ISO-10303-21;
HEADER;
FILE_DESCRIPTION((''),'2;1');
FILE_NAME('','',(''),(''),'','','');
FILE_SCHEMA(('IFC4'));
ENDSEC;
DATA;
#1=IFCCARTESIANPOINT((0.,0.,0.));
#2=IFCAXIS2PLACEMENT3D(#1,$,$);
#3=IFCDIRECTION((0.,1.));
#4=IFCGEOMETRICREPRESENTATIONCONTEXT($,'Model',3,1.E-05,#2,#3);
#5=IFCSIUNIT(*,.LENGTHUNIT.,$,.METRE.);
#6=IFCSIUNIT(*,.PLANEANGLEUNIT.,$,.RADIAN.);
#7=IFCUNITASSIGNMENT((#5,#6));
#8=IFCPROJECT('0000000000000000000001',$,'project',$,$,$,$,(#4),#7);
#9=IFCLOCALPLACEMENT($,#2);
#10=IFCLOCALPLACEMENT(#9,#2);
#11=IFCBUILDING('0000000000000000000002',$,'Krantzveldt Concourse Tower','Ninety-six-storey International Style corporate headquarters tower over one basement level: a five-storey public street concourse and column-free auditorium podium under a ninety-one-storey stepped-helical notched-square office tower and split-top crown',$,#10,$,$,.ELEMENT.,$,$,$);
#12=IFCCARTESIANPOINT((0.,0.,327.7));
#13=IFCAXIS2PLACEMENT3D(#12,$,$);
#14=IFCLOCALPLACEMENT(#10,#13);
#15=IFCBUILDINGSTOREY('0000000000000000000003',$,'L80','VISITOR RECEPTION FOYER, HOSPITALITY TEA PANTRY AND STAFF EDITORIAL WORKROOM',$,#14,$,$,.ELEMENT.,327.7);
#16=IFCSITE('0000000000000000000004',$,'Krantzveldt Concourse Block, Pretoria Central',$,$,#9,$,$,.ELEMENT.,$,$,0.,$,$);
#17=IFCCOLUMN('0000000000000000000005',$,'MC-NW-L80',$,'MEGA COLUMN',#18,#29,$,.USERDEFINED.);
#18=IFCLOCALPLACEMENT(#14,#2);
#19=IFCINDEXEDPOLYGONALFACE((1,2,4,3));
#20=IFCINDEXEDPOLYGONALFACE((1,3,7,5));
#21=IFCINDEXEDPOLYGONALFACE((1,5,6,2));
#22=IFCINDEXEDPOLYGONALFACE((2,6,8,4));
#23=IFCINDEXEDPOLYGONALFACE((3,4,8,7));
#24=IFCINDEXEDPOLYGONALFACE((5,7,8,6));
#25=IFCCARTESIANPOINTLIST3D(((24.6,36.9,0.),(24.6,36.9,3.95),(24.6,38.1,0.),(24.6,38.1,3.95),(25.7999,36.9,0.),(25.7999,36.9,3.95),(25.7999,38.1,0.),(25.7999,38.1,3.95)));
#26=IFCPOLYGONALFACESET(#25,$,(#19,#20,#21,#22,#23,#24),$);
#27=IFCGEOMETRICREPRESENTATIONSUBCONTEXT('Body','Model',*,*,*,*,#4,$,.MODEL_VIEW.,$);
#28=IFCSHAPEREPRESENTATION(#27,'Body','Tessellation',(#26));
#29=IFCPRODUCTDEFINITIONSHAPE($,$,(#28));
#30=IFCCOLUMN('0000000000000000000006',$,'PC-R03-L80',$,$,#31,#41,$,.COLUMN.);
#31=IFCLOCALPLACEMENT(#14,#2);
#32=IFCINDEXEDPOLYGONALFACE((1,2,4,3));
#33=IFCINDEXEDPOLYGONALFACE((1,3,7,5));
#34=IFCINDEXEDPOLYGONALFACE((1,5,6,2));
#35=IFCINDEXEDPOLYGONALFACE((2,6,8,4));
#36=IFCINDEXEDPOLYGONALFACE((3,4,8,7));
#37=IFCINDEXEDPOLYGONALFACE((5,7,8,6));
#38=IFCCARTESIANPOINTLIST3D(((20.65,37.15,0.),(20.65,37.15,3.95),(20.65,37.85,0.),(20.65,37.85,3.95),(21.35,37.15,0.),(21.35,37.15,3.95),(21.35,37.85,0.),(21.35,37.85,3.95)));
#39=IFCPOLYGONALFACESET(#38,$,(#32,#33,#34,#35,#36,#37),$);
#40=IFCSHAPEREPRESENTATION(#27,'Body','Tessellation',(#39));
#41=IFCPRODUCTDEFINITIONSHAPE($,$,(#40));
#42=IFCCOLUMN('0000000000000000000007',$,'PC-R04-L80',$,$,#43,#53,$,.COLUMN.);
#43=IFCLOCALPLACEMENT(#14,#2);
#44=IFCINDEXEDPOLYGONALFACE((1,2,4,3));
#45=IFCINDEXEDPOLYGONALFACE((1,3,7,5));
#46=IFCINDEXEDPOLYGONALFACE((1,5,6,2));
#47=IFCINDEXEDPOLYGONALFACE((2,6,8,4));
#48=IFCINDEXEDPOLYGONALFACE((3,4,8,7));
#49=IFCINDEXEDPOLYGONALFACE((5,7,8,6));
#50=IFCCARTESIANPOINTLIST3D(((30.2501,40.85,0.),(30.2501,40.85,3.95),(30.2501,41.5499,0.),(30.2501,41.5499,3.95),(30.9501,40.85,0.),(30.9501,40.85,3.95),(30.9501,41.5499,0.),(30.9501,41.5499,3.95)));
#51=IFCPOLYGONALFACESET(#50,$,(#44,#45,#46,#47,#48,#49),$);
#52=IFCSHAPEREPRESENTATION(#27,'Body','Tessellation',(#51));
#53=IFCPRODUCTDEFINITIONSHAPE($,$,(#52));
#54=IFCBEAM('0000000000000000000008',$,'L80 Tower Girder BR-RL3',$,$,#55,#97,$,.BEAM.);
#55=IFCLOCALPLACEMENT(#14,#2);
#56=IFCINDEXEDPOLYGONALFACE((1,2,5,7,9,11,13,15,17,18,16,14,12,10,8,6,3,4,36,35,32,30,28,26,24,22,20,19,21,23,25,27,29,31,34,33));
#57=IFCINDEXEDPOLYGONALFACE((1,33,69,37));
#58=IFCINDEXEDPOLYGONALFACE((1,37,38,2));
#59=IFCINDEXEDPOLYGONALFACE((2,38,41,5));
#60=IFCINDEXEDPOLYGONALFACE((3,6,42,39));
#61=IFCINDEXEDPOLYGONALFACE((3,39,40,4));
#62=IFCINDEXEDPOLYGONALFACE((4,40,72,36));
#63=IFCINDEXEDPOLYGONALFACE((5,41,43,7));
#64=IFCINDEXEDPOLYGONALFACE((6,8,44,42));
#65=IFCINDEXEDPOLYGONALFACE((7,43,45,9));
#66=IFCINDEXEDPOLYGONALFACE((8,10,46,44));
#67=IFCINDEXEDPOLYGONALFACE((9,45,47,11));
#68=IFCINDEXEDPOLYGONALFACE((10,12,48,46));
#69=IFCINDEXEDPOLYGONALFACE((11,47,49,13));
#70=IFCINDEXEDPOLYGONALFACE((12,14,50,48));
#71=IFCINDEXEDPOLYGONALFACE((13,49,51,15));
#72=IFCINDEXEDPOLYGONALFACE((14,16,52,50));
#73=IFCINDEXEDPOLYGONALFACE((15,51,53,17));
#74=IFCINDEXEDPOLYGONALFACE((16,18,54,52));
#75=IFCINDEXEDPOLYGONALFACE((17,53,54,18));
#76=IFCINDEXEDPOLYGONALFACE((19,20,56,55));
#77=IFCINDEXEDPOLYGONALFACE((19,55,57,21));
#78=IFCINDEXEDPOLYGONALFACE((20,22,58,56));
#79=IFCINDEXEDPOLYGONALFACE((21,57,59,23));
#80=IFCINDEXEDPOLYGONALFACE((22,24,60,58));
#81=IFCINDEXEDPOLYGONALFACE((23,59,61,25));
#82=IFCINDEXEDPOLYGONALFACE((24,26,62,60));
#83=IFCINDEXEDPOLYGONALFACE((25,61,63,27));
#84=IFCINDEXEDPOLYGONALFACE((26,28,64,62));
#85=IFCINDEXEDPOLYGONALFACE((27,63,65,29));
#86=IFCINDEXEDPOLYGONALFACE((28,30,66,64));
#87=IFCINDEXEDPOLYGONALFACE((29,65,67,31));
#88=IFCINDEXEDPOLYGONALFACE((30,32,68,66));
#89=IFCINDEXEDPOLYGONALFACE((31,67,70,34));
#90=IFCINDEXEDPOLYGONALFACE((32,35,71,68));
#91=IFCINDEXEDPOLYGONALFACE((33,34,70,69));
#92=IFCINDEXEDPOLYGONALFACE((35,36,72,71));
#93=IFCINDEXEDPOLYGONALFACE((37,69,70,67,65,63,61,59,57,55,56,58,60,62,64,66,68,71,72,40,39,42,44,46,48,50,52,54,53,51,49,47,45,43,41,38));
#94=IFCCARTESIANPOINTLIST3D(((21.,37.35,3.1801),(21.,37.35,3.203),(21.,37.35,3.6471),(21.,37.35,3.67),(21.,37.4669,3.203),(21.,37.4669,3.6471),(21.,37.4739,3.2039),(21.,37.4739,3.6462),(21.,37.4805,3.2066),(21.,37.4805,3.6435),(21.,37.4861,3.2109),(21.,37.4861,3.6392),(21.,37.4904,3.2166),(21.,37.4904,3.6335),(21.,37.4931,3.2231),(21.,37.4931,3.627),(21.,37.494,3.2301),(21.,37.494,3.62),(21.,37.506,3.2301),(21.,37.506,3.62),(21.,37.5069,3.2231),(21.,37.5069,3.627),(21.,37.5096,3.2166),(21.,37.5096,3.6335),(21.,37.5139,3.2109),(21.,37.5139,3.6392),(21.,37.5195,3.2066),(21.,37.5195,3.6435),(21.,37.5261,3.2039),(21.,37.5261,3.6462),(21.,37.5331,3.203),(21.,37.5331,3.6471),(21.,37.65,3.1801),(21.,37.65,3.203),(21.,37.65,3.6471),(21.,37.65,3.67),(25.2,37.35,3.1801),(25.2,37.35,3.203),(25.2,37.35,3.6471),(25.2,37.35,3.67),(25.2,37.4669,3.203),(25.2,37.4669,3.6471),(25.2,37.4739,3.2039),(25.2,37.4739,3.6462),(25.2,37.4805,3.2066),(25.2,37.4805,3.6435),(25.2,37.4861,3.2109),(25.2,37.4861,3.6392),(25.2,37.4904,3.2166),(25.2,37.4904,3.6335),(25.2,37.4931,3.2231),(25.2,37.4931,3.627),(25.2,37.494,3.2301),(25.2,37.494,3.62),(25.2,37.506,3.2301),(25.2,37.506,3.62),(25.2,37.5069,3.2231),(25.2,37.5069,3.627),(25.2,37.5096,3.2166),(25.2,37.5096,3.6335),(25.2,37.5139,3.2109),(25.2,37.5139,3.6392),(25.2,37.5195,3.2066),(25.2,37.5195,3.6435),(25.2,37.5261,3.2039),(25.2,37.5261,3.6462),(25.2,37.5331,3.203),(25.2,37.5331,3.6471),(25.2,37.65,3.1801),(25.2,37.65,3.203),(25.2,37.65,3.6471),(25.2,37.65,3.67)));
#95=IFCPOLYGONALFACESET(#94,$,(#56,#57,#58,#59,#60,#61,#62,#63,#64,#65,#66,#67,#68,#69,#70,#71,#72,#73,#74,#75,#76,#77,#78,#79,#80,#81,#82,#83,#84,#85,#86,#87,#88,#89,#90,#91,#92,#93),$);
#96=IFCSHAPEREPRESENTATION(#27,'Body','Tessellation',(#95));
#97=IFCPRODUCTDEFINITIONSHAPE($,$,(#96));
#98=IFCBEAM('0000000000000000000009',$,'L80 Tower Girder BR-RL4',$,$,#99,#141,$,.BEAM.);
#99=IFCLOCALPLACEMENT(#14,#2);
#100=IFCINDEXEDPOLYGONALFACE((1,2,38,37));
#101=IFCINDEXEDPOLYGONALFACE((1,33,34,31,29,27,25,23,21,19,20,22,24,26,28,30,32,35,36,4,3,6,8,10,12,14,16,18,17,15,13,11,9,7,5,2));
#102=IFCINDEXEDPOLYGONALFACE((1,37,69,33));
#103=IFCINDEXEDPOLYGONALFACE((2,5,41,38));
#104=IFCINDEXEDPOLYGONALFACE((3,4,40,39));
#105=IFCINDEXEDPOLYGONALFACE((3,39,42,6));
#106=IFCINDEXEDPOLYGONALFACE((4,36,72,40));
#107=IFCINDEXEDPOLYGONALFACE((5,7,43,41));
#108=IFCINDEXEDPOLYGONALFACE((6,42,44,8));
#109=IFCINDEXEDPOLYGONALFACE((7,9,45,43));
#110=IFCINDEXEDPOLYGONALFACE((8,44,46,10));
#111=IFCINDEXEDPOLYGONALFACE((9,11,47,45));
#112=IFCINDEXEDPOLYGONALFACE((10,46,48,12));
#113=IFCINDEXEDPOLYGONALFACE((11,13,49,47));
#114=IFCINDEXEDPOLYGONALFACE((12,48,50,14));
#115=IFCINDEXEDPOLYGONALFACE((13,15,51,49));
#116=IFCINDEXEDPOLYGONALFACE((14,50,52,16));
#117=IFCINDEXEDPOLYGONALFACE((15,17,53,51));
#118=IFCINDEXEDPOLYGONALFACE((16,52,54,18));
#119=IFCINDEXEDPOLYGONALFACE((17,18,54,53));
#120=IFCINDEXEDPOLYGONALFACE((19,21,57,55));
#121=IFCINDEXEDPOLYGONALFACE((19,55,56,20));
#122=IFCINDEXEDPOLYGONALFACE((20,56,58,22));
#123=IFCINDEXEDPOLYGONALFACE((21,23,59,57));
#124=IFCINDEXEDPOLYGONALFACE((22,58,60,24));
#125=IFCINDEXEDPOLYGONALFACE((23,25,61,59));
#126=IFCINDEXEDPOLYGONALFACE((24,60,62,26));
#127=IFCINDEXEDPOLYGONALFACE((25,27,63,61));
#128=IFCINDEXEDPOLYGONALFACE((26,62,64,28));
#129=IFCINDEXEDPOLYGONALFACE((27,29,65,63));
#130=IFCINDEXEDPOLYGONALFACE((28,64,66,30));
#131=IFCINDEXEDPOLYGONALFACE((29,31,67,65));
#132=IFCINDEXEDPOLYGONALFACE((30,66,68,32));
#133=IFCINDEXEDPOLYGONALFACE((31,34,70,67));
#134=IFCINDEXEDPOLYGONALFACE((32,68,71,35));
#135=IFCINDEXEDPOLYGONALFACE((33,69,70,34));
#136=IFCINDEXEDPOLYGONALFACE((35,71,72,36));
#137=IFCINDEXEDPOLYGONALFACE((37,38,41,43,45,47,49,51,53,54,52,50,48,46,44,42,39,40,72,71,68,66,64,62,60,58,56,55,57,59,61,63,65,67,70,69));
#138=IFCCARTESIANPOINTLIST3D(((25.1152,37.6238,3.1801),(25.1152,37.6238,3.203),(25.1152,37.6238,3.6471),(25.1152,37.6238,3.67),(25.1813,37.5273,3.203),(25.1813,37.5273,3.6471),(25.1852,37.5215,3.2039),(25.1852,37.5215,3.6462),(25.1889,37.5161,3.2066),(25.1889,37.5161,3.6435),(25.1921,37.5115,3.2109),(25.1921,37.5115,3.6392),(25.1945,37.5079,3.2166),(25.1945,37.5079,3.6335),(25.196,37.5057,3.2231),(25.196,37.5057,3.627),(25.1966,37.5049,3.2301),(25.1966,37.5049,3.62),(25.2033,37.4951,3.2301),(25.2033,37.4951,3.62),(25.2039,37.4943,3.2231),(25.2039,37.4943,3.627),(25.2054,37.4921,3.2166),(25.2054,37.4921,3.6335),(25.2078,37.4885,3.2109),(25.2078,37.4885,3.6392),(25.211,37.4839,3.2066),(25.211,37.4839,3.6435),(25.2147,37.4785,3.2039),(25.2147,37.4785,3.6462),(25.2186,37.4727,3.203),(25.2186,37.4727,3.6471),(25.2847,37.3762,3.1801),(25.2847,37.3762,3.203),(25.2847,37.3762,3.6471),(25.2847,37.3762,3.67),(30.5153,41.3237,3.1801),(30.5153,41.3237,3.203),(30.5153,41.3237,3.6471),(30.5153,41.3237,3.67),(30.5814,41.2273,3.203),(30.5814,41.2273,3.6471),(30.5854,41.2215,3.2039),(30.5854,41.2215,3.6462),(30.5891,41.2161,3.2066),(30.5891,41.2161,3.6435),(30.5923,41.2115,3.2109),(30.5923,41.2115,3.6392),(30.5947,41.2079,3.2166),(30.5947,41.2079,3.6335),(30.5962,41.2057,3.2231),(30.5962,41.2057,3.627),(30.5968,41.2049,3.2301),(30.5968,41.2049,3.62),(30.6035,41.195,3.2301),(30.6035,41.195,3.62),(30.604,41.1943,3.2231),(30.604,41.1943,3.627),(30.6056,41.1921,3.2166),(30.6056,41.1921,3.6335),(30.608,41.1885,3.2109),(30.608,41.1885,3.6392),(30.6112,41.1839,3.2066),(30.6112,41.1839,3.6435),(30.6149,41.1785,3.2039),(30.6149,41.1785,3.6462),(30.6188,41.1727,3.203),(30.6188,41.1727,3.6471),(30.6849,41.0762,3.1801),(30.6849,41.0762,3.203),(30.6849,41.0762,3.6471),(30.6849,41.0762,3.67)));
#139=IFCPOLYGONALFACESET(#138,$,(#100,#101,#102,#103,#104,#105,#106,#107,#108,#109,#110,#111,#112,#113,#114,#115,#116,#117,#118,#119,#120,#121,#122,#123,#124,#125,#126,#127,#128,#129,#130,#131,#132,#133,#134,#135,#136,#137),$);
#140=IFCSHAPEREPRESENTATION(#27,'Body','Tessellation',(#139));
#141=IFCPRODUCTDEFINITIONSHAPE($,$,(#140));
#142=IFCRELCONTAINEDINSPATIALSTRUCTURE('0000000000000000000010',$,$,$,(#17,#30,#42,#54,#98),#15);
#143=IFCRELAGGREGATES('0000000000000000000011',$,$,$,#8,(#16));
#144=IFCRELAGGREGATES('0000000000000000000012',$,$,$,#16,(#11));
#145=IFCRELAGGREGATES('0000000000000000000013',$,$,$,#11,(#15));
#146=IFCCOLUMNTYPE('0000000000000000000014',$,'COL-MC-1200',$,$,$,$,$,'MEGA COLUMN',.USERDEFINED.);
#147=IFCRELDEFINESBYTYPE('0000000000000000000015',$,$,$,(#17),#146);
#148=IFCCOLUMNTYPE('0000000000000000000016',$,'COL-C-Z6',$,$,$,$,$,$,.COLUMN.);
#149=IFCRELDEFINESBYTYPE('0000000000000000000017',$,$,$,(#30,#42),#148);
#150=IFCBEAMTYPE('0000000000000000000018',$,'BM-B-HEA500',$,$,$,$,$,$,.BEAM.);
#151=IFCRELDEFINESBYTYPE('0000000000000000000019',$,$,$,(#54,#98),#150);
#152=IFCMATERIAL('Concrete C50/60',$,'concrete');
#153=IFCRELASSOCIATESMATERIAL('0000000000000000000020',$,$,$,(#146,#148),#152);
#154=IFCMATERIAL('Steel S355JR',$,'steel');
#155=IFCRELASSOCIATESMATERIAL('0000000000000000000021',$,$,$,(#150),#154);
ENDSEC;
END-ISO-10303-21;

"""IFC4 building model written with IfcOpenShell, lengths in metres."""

from ifc_helpers import new_model, si_unit, direction, frame, origin, origin_2d, place, context, subcontext, project, spatial, rectangle, i_section, extrude, source, transform, mapped, material, material_profile, profile_set, type_object, type_shapes, element, save


model = new_model("IFC4")

# Units and contexts
model_context = context("Model", 3, precision=1e-05, world=origin(), true_north=direction((0.0, 1.0)))
body_context = subcontext(model_context, "Body", "Model", "MODEL_VIEW")
ifc_project = project(units=[si_unit("LENGTHUNIT", "METRE"), si_unit("PLANEANGLEUNIT", "RADIAN")], contexts=[model_context])

# Site, building, storey
site_placement = place(None, origin())
site = spatial("IfcSite", under=ifc_project, at=site_placement, Name="Krantzveldt Concourse Block, Pretoria Central", CompositionType="ELEMENT", RefElevation=0.0)
building_placement = place(site_placement, origin())
building = spatial("IfcBuilding", under=site, at=building_placement, Name="Krantzveldt Concourse Tower", Description="Ninety-six-storey International Style corporate headquarters tower over one basement level: a five-storey public street concourse and column-free auditorium podium under a ninety-one-storey stepped-helical notched-square office tower and split-top crown", CompositionType="ELEMENT")
storey_placement = place(building_placement, frame((0.0, 0.0, 327.7)))
storey = spatial("IfcBuildingStorey", under=building, at=storey_placement, Name="L80", Description="VISITOR RECEPTION FOYER, HOSPITALITY TEA PANTRY AND STAFF EDITORIAL WORKROOM", CompositionType="ELEMENT", Elevation=327.7)

# Columns
ifc_material_1 = material(Name="Concrete C50/60", Category="concrete")
ifc_material_profile_1 = material_profile(ifc_material_1, rectangle(XDim=1.2, YDim=1.2, at=origin_2d()), Name="Concrete C50/60", Category="concrete")
ifc_profile_set_1 = profile_set([ifc_material_profile_1], Name="Concrete C50/60 - RC 1200x1200")
column_type_1 = type_object("IfcColumnType", Name="COL-MC-1200", ElementType="MEGA COLUMN", PredefinedType="USERDEFINED", material=ifc_profile_set_1)
shared_shape_1 = source(origin(), body_context, "Body", "SweptSolid", [
    extrude(rectangle(XDim=1.2, YDim=1.2, at=origin_2d()), origin(), (0.0, 0.0, 1.0), 3.95),
])
type_shapes(column_type_1, [shared_shape_1])
column_placement = place(storey_placement, frame((25.2, 37.5, 0.0), z_axis=(0.0, 0.0, 1.0), x_axis=(1.0, 0.0, 0.0)))
element("IfcColumn", 1, at=column_placement, inside=storey, type_object=column_type_1, Name="MC-NW-L80", ObjectType="MEGA COLUMN", PredefinedType="USERDEFINED", context=body_context, shape_type="MappedRepresentation", body=[
    mapped(shared_shape_1, transform((0.0, 0.0, 0.0), x_axis=(1.0, 0.0, 0.0), y_axis=(0.0, 1.0, 0.0), z_axis=(0.0, 0.0, 1.0), scale=1.0)),
])
ifc_material_profile_2 = material_profile(ifc_material_1, rectangle(XDim=0.7, YDim=0.7, at=origin_2d()), Name="Concrete C50/60", Category="concrete")
ifc_profile_set_2 = profile_set([ifc_material_profile_2], Name="Concrete C50/60 - RC 700x700")
column_type_2 = type_object("IfcColumnType", Name="COL-C-Z6", PredefinedType="COLUMN", material=ifc_profile_set_2)
shared_shape_2 = source(origin(), body_context, "Body", "SweptSolid", [
    extrude(rectangle(XDim=0.7, YDim=0.7, at=origin_2d()), origin(), (0.0, 0.0, 1.0), 3.95),
])
type_shapes(column_type_2, [shared_shape_2])
for number, where, z_axis, x_axis, name in (
    (2, (21.0, 37.5, 0.0), (0.0, 0.0, 1.0), (1.0, 0.0, 0.0), "PC-R03-L80"),
    (3, (30.6001, 41.2, 0.0), (0.0, 0.0, 1.0), (1.0, 0.0, 0.0), "PC-R04-L80"),
):
    element("IfcColumn", number, at=place(storey_placement, frame(where, z_axis=z_axis, x_axis=x_axis)), inside=storey, type_object=column_type_2, Name=name, PredefinedType="COLUMN", context=body_context, shape_type="MappedRepresentation", body=[
        mapped(shared_shape_2, transform((0.0, 0.0, 0.0), x_axis=(1.0, 0.0, 0.0), y_axis=(0.0, 1.0, 0.0), z_axis=(0.0, 0.0, 1.0), scale=1.0)),
    ])

# Beams
ifc_material_2 = material(Name="Steel S355JR", Category="steel")
ifc_material_profile_3 = material_profile(ifc_material_2, i_section(OverallWidth=0.3, OverallDepth=0.49, WebThickness=0.012, FlangeThickness=0.0229, FilletRadius=0.0271, at=origin_2d()), Name="Steel S355JR", Category="steel")
ifc_profile_set_3 = profile_set([ifc_material_profile_3], Name="Steel S355JR - HEA 500")
beam_type_1 = type_object("IfcBeamType", Name="BM-B-HEA500", PredefinedType="BEAM", material=ifc_profile_set_3)
shared_shape_3 = source(origin(), body_context, "Body", "SweptSolid", [
    extrude(i_section(OverallWidth=0.3, OverallDepth=0.49, WebThickness=0.012, FlangeThickness=0.0229, FilletRadius=0.0271, at=origin_2d()), origin(), (0.0, 0.0, 1.0), 4.2),
])
beam_1_placement = place(storey_placement, frame((21.0, 37.5, 3.425), z_axis=(1.0, 0.0, 0.0), x_axis=(0.0, 1.0, 0.0)))
element("IfcBeam", 4, at=beam_1_placement, inside=storey, type_object=beam_type_1, Name="L80 Tower Girder BR-RL3", PredefinedType="BEAM", context=body_context, shape_type="MappedRepresentation", body=[
    mapped(shared_shape_3, transform((0.0, 0.0, 0.0), x_axis=(1.0, 0.0, 0.0), y_axis=(0.0, 1.0, 0.0), z_axis=(0.0, 0.0, 1.0), scale=1.0)),
])
shared_shape_4 = source(origin(), body_context, "Body", "SweptSolid", [
    extrude(i_section(OverallWidth=0.3, OverallDepth=0.49, WebThickness=0.012, FlangeThickness=0.0229, FilletRadius=0.0271, at=origin_2d()), origin(), (0.0, 0.0, 1.0), 6.5461),
])
type_shapes(beam_type_1, [shared_shape_3, shared_shape_4])
beam_2_placement = place(storey_placement, frame((25.2, 37.5, 3.425), z_axis=(0.824943, 0.565216, 0.0), x_axis=(-0.565216, 0.824943, 0.0)))
element("IfcBeam", 5, at=beam_2_placement, inside=storey, type_object=beam_type_1, Name="L80 Tower Girder BR-RL4", PredefinedType="BEAM", context=body_context, shape_type="MappedRepresentation", body=[
    mapped(shared_shape_4, transform((0.0, 0.0, 0.0), x_axis=(1.0, 0.0, 0.0), y_axis=(0.0, 1.0, 0.0), z_axis=(0.0, 0.0, 1.0), scale=1.0)),
])

save(model, "model.ifc")
